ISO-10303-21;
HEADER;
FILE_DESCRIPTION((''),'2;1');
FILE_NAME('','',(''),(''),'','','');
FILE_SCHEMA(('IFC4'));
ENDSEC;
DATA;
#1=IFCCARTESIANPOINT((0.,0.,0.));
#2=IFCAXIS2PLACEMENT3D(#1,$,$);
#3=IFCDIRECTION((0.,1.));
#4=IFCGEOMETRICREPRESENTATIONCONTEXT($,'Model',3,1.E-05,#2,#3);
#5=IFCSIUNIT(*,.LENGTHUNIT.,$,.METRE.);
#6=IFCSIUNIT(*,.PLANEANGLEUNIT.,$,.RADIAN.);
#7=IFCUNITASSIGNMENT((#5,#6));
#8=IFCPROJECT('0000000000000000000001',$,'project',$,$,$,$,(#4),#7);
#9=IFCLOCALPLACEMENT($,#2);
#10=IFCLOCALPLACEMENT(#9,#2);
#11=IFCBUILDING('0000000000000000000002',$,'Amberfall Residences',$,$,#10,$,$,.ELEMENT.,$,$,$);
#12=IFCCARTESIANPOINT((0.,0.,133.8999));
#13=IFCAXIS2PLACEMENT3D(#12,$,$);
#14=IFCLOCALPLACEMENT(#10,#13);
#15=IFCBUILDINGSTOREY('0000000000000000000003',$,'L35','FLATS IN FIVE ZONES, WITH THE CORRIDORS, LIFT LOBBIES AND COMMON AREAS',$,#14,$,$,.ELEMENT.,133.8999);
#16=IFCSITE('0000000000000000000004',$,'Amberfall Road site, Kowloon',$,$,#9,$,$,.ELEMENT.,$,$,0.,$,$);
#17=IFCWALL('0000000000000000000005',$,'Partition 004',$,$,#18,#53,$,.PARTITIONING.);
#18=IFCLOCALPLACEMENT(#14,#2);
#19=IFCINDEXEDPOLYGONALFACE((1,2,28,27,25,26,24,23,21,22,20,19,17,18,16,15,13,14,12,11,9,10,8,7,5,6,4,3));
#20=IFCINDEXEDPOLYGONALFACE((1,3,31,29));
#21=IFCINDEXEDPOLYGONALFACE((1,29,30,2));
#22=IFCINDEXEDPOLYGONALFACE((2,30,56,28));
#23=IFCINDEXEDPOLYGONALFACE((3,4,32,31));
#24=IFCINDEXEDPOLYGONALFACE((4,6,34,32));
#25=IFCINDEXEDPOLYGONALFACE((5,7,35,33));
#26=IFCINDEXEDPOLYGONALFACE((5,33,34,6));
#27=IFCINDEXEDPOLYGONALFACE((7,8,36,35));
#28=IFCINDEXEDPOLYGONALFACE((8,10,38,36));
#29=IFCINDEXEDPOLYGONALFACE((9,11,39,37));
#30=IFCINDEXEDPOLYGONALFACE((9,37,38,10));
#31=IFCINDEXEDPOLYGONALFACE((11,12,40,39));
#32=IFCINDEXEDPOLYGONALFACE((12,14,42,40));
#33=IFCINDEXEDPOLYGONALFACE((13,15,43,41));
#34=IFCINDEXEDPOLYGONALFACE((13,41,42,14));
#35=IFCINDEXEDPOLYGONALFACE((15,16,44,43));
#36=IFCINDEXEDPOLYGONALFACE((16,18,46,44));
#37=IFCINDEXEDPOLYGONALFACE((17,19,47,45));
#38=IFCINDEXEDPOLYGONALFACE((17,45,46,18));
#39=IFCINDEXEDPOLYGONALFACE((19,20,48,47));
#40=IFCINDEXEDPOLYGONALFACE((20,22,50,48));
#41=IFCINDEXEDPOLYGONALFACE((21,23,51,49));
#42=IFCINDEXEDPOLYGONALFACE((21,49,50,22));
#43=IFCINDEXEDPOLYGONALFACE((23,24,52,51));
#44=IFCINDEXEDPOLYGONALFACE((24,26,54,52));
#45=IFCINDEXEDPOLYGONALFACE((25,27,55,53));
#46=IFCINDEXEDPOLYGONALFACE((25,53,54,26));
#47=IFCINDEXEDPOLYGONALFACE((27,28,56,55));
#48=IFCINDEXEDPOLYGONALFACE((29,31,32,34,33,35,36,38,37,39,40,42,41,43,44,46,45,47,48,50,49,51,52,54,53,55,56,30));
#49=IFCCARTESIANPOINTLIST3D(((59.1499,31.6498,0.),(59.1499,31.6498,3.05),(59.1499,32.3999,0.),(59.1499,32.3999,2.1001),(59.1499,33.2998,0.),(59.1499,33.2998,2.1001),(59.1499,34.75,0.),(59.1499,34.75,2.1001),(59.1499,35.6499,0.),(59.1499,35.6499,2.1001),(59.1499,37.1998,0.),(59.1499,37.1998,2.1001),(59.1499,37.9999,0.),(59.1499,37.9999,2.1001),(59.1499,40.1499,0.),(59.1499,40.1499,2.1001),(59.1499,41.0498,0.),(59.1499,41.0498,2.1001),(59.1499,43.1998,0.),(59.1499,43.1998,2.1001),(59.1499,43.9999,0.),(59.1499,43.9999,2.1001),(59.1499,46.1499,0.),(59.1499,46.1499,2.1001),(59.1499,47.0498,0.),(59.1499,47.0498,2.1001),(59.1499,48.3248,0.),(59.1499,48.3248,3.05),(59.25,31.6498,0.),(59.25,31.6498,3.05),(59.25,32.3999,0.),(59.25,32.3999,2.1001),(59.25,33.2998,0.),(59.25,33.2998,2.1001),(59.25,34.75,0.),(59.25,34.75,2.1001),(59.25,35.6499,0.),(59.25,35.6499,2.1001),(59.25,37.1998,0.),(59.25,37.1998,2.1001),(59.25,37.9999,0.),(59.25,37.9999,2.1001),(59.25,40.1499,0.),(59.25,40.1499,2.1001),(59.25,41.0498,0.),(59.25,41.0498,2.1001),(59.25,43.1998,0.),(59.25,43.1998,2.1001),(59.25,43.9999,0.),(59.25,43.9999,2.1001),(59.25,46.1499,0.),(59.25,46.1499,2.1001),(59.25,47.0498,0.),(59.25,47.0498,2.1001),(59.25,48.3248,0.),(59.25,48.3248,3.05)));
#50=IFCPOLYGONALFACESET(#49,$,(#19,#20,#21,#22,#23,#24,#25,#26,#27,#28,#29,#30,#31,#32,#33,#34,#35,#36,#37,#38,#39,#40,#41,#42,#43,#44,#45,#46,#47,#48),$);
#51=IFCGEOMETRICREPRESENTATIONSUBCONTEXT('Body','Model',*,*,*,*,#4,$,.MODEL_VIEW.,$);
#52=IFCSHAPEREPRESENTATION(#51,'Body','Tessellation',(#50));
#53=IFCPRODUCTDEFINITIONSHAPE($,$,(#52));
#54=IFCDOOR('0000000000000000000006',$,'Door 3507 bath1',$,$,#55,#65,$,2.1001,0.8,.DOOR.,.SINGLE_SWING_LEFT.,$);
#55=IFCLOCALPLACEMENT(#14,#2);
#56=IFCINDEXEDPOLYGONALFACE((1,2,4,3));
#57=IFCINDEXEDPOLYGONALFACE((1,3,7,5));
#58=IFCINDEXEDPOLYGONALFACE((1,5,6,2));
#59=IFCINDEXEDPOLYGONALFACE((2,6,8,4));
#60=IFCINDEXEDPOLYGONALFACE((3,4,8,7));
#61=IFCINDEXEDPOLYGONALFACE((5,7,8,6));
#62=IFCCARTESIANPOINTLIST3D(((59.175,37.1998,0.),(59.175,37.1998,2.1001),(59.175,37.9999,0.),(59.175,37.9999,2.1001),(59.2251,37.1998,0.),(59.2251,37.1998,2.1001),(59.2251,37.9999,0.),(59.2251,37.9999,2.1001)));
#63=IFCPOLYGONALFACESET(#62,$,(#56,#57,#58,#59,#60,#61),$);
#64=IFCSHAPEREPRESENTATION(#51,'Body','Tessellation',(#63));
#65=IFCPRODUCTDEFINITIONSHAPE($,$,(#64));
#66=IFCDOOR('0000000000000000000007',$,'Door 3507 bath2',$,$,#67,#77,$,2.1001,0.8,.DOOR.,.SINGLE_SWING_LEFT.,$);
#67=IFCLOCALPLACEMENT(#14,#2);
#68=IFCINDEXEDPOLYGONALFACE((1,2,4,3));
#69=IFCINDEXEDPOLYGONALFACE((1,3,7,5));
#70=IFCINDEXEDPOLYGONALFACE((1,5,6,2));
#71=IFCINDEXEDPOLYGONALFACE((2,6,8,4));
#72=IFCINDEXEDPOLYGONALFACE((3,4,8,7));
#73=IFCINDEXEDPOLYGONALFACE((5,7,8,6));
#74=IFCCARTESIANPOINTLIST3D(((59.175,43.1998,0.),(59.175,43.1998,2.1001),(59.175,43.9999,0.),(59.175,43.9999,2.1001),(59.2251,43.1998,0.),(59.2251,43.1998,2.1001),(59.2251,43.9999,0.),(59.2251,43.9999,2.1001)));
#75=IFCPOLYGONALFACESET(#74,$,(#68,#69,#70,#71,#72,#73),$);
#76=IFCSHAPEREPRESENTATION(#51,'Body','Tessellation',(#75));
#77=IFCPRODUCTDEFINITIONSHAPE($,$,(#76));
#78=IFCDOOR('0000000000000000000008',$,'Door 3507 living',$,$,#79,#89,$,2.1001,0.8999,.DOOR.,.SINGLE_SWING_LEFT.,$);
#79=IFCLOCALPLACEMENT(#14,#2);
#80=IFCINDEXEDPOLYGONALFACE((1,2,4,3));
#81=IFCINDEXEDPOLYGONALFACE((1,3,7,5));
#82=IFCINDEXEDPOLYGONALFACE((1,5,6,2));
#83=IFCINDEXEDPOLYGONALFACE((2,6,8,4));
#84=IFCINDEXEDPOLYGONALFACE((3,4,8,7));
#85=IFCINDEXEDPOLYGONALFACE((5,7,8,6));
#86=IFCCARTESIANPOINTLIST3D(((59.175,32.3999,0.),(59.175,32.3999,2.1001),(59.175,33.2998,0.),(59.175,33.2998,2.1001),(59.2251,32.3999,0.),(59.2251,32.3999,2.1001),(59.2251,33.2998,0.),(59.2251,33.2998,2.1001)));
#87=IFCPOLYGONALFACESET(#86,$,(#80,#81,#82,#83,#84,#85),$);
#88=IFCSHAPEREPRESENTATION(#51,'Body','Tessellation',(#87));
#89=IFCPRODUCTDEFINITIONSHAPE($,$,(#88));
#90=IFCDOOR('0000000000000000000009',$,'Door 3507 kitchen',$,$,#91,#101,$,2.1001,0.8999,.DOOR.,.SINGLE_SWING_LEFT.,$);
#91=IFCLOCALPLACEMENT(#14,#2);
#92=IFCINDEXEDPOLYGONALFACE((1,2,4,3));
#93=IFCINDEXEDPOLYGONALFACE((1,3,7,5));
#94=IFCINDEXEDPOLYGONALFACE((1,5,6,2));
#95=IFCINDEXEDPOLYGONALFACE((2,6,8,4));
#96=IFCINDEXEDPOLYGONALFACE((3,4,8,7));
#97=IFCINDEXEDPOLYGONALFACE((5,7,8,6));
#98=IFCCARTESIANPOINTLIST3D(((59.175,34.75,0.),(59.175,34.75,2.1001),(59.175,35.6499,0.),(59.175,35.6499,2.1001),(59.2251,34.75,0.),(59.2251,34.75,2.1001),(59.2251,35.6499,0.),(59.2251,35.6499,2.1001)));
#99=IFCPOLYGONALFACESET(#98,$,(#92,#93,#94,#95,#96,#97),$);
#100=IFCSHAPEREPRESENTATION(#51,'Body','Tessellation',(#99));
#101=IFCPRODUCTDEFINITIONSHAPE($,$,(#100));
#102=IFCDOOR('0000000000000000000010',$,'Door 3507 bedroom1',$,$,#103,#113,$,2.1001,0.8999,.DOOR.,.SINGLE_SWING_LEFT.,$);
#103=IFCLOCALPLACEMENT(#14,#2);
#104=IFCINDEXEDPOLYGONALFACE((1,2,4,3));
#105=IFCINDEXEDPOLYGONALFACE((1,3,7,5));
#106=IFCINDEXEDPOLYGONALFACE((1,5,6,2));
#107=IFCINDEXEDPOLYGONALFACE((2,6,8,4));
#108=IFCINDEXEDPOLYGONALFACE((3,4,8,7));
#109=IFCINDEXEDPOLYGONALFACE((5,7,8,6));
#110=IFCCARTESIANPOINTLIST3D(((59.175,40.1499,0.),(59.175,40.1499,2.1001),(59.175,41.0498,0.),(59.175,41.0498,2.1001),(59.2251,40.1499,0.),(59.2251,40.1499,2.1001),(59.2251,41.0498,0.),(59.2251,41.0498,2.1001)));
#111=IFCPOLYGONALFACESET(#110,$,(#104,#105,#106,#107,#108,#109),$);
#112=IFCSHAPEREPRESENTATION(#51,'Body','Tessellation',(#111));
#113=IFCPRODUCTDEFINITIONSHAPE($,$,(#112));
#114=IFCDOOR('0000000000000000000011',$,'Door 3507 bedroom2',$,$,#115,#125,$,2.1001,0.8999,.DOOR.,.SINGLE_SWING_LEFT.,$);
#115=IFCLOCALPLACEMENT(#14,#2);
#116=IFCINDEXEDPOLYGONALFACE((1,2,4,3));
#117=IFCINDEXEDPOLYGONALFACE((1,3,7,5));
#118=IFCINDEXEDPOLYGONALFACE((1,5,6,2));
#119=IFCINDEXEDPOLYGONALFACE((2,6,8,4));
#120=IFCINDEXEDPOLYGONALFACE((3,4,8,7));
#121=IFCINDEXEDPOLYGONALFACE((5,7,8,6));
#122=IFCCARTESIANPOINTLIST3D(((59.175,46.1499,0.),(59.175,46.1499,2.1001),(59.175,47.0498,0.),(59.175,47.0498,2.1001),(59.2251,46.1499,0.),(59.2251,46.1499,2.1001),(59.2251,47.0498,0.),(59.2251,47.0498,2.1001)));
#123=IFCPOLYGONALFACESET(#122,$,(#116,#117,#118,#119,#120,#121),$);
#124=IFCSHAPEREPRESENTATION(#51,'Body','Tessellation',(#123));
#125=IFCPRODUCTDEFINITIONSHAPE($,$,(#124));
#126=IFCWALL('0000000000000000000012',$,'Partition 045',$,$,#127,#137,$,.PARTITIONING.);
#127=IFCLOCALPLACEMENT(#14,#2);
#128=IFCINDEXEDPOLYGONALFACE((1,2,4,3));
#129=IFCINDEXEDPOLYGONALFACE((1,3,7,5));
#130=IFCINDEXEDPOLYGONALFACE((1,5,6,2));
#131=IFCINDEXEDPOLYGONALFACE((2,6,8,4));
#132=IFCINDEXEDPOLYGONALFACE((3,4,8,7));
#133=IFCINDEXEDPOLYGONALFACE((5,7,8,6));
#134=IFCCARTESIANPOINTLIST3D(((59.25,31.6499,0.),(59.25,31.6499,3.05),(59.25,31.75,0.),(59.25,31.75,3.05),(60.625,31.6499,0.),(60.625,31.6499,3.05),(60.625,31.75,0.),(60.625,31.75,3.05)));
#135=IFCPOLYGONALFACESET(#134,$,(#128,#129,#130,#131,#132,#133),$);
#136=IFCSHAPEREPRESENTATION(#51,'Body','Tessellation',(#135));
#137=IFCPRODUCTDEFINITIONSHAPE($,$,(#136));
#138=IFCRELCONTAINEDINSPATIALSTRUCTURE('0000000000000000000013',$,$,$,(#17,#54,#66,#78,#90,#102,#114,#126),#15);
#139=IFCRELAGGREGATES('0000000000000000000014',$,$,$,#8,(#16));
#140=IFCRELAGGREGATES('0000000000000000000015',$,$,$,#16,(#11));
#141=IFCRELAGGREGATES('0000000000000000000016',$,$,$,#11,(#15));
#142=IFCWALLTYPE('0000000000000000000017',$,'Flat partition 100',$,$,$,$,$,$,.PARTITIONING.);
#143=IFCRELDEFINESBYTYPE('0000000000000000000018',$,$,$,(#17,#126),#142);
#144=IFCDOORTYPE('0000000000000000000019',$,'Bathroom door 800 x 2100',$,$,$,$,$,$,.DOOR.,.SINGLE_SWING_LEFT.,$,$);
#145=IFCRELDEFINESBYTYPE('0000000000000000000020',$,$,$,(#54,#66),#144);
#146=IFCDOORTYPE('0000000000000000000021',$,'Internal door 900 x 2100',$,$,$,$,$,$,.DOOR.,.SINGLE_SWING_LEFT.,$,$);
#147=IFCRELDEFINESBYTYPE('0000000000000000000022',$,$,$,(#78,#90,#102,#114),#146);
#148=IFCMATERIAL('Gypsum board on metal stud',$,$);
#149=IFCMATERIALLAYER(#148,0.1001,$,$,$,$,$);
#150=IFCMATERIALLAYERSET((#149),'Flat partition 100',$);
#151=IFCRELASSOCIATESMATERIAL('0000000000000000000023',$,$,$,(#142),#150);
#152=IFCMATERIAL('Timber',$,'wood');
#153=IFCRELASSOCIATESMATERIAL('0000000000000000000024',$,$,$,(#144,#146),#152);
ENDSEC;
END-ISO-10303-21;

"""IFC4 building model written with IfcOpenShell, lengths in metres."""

from ifc_helpers import new_model, si_unit, direction, frame, frame_2d, origin, place, context, subcontext, project, spatial, rectangle, extrude, material, layer, layer_set, type_object, element, fill, save


model = new_model("IFC4")

# Units and contexts
model_context = context("Model", 3, precision=1e-05, world=origin(), true_north=direction((0.0, 1.0)))
body_context = subcontext(model_context, "Body", "Model", "MODEL_VIEW")
ifc_project = project(units=[si_unit("LENGTHUNIT", "METRE"), si_unit("PLANEANGLEUNIT", "RADIAN")], contexts=[model_context])

# Site, building, storey
site_placement = place(None, origin())
site = spatial("IfcSite", under=ifc_project, at=site_placement, Name="Amberfall Road site, Kowloon", CompositionType="ELEMENT", RefElevation=0.0)
building_placement = place(site_placement, origin())
building = spatial("IfcBuilding", under=site, at=building_placement, Name="Amberfall Residences", CompositionType="ELEMENT")
storey_placement = place(building_placement, frame((0.0, 0.0, 133.8999)))
storey = spatial("IfcBuildingStorey", under=building, at=storey_placement, Name="L35", Description="FLATS IN FIVE ZONES, WITH THE CORRIDORS, LIFT LOBBIES AND COMMON AREAS", CompositionType="ELEMENT", Elevation=133.8999)

# Wall, openings, doors
ifc_material_1 = material(Name="Gypsum board on metal stud")
ifc_layer_1 = layer(ifc_material_1, 0.1001)
ifc_layer_set_1 = layer_set([ifc_layer_1], Name="Flat partition 100")
wall_type_1 = type_object("IfcWallType", Name="Flat partition 100", PredefinedType="PARTITIONING", material=ifc_layer_set_1)
wall_1_placement = place(storey_placement, frame((59.2, 31.6499, 0.0), z_axis=(0.0, 0.0, 1.0), x_axis=(0.0, 1.0, 0.0)))
wall_1 = element("IfcWall", 1, at=wall_1_placement, inside=storey, type_object=wall_type_1, Name="Partition 004", PredefinedType="PARTITIONING", context=body_context, shape_type="SweptSolid", body=[
    extrude(rectangle(XDim=16.675, YDim=0.1001, at=frame_2d((8.3374, 0.0))), origin(), (0.0, 0.0, 1.0), 3.05),
])
opening_1_placement = place(wall_1_placement, frame((0.75, 0.0, 0.0)))
opening_1 = element("IfcOpeningElement", 2, at=opening_1_placement, cuts=wall_1, PredefinedType="OPENING", context=body_context, shape_type="SweptSolid", body=[
    extrude(rectangle(XDim=0.8999, YDim=2.1001, at=frame_2d((0.45, 1.05))), frame((0.0, 0.0601, 0.0), z_axis=(0.0, -1.0, 0.0), x_axis=(1.0, 0.0, 0.0)), (0.0, 0.0, 1.0), 0.1201),
])
opening_2_placement = place(wall_1_placement, frame((3.1001, 0.0, 0.0)))
opening_2 = element("IfcOpeningElement", 3, at=opening_2_placement, cuts=wall_1, PredefinedType="OPENING", context=body_context, shape_type="SweptSolid", body=[
    extrude(rectangle(XDim=0.8999, YDim=2.1001, at=frame_2d((0.45, 1.05))), frame((0.0, 0.0601, 0.0), z_axis=(0.0, -1.0, 0.0), x_axis=(1.0, 0.0, 0.0)), (0.0, 0.0, 1.0), 0.1201),
])
opening_3_placement = place(wall_1_placement, frame((8.5, 0.0, 0.0)))
opening_3 = element("IfcOpeningElement", 4, at=opening_3_placement, cuts=wall_1, PredefinedType="OPENING", context=body_context, shape_type="SweptSolid", body=[
    extrude(rectangle(XDim=0.8999, YDim=2.1001, at=frame_2d((0.45, 1.05))), frame((0.0, 0.0601, 0.0), z_axis=(0.0, -1.0, 0.0), x_axis=(1.0, 0.0, 0.0)), (0.0, 0.0, 1.0), 0.1201),
])
opening_4_placement = place(wall_1_placement, frame((14.5, 0.0, 0.0)))
opening_4 = element("IfcOpeningElement", 5, at=opening_4_placement, cuts=wall_1, PredefinedType="OPENING", context=body_context, shape_type="SweptSolid", body=[
    extrude(rectangle(XDim=0.8999, YDim=2.1001, at=frame_2d((0.45, 1.05))), frame((0.0, 0.0601, 0.0), z_axis=(0.0, -1.0, 0.0), x_axis=(1.0, 0.0, 0.0)), (0.0, 0.0, 1.0), 0.1201),
])
opening_5_placement = place(wall_1_placement, frame((5.55, 0.0, 0.0)))
opening_5 = element("IfcOpeningElement", 6, at=opening_5_placement, cuts=wall_1, PredefinedType="OPENING", context=body_context, shape_type="SweptSolid", body=[
    extrude(rectangle(XDim=0.8, YDim=2.1001, at=frame_2d((0.3999, 1.05))), frame((0.0, 0.0601, 0.0), z_axis=(0.0, -1.0, 0.0), x_axis=(1.0, 0.0, 0.0)), (0.0, 0.0, 1.0), 0.1201),
])
opening_6_placement = place(wall_1_placement, frame((11.55, 0.0, 0.0)))
opening_6 = element("IfcOpeningElement", 7, at=opening_6_placement, cuts=wall_1, PredefinedType="OPENING", context=body_context, shape_type="SweptSolid", body=[
    extrude(rectangle(XDim=0.8, YDim=2.1001, at=frame_2d((0.3999, 1.05))), frame((0.0, 0.0601, 0.0), z_axis=(0.0, -1.0, 0.0), x_axis=(1.0, 0.0, 0.0)), (0.0, 0.0, 1.0), 0.1201),
])
ifc_material_2 = material(Name="Timber", Category="wood")
door_type_1 = type_object("IfcDoorType", Name="Bathroom door 800 x 2100", OperationType="SINGLE_SWING_LEFT", PredefinedType="DOOR", material=ifc_material_2)
door_1_placement = place(opening_5_placement, origin())
door_1 = element("IfcDoor", 8, at=door_1_placement, inside=storey, type_object=door_type_1, Name="Door 3507 bath1", OperationType="SINGLE_SWING_LEFT", OverallHeight=2.1001, OverallWidth=0.8, PredefinedType="DOOR", context=body_context, shape_type="SweptSolid", body=[
    extrude(rectangle(XDim=0.8, YDim=2.1001, at=frame_2d((0.3999, 1.05))), frame((0.0, 0.0249, 0.0), z_axis=(0.0, -1.0, 0.0), x_axis=(1.0, 0.0, 0.0)), (0.0, 0.0, 1.0), 0.05),
])
fill(opening_5, door_1)
door_2_placement = place(opening_6_placement, origin())
door_2 = element("IfcDoor", 9, at=door_2_placement, inside=storey, type_object=door_type_1, Name="Door 3507 bath2", OperationType="SINGLE_SWING_LEFT", OverallHeight=2.1001, OverallWidth=0.8, PredefinedType="DOOR", context=body_context, shape_type="SweptSolid", body=[
    extrude(rectangle(XDim=0.8, YDim=2.1001, at=frame_2d((0.3999, 1.05))), frame((0.0, 0.0249, 0.0), z_axis=(0.0, -1.0, 0.0), x_axis=(1.0, 0.0, 0.0)), (0.0, 0.0, 1.0), 0.05),
])
fill(opening_6, door_2)
door_type_2 = type_object("IfcDoorType", Name="Internal door 900 x 2100", OperationType="SINGLE_SWING_LEFT", PredefinedType="DOOR", material=ifc_material_2)
door_3_placement = place(opening_1_placement, origin())
door_3 = element("IfcDoor", 10, at=door_3_placement, inside=storey, type_object=door_type_2, Name="Door 3507 living", OperationType="SINGLE_SWING_LEFT", OverallHeight=2.1001, OverallWidth=0.8999, PredefinedType="DOOR", context=body_context, shape_type="SweptSolid", body=[
    extrude(rectangle(XDim=0.8999, YDim=2.1001, at=frame_2d((0.45, 1.05))), frame((0.0, 0.0249, 0.0), z_axis=(0.0, -1.0, 0.0), x_axis=(1.0, 0.0, 0.0)), (0.0, 0.0, 1.0), 0.05),
])
fill(opening_1, door_3)
door_4_placement = place(opening_2_placement, origin())
door_4 = element("IfcDoor", 11, at=door_4_placement, inside=storey, type_object=door_type_2, Name="Door 3507 kitchen", OperationType="SINGLE_SWING_LEFT", OverallHeight=2.1001, OverallWidth=0.8999, PredefinedType="DOOR", context=body_context, shape_type="SweptSolid", body=[
    extrude(rectangle(XDim=0.8999, YDim=2.1001, at=frame_2d((0.45, 1.05))), frame((0.0, 0.0249, 0.0), z_axis=(0.0, -1.0, 0.0), x_axis=(1.0, 0.0, 0.0)), (0.0, 0.0, 1.0), 0.05),
])
fill(opening_2, door_4)
door_5_placement = place(opening_3_placement, origin())
door_5 = element("IfcDoor", 12, at=door_5_placement, inside=storey, type_object=door_type_2, Name="Door 3507 bedroom1", OperationType="SINGLE_SWING_LEFT", OverallHeight=2.1001, OverallWidth=0.8999, PredefinedType="DOOR", context=body_context, shape_type="SweptSolid", body=[
    extrude(rectangle(XDim=0.8999, YDim=2.1001, at=frame_2d((0.45, 1.05))), frame((0.0, 0.0249, 0.0), z_axis=(0.0, -1.0, 0.0), x_axis=(1.0, 0.0, 0.0)), (0.0, 0.0, 1.0), 0.05),
])
fill(opening_3, door_5)
door_6_placement = place(opening_4_placement, origin())
door_6 = element("IfcDoor", 13, at=door_6_placement, inside=storey, type_object=door_type_2, Name="Door 3507 bedroom2", OperationType="SINGLE_SWING_LEFT", OverallHeight=2.1001, OverallWidth=0.8999, PredefinedType="DOOR", context=body_context, shape_type="SweptSolid", body=[
    extrude(rectangle(XDim=0.8999, YDim=2.1001, at=frame_2d((0.45, 1.05))), frame((0.0, 0.0249, 0.0), z_axis=(0.0, -1.0, 0.0), x_axis=(1.0, 0.0, 0.0)), (0.0, 0.0, 1.0), 0.05),
])
fill(opening_4, door_6)

# Wall
wall_2_placement = place(storey_placement, frame((59.25, 31.7, 0.0), z_axis=(0.0, 0.0, 1.0), x_axis=(1.0, 0.0, 0.0)))
element("IfcWall", 14, at=wall_2_placement, inside=storey, type_object=wall_type_1, Name="Partition 045", PredefinedType="PARTITIONING", context=body_context, shape_type="SweptSolid", body=[
    extrude(rectangle(XDim=1.375, YDim=0.1001, at=frame_2d((0.6875, 0.0))), origin(), (0.0, 0.0, 1.0), 3.05),
])

save(model, "model.ifc")
